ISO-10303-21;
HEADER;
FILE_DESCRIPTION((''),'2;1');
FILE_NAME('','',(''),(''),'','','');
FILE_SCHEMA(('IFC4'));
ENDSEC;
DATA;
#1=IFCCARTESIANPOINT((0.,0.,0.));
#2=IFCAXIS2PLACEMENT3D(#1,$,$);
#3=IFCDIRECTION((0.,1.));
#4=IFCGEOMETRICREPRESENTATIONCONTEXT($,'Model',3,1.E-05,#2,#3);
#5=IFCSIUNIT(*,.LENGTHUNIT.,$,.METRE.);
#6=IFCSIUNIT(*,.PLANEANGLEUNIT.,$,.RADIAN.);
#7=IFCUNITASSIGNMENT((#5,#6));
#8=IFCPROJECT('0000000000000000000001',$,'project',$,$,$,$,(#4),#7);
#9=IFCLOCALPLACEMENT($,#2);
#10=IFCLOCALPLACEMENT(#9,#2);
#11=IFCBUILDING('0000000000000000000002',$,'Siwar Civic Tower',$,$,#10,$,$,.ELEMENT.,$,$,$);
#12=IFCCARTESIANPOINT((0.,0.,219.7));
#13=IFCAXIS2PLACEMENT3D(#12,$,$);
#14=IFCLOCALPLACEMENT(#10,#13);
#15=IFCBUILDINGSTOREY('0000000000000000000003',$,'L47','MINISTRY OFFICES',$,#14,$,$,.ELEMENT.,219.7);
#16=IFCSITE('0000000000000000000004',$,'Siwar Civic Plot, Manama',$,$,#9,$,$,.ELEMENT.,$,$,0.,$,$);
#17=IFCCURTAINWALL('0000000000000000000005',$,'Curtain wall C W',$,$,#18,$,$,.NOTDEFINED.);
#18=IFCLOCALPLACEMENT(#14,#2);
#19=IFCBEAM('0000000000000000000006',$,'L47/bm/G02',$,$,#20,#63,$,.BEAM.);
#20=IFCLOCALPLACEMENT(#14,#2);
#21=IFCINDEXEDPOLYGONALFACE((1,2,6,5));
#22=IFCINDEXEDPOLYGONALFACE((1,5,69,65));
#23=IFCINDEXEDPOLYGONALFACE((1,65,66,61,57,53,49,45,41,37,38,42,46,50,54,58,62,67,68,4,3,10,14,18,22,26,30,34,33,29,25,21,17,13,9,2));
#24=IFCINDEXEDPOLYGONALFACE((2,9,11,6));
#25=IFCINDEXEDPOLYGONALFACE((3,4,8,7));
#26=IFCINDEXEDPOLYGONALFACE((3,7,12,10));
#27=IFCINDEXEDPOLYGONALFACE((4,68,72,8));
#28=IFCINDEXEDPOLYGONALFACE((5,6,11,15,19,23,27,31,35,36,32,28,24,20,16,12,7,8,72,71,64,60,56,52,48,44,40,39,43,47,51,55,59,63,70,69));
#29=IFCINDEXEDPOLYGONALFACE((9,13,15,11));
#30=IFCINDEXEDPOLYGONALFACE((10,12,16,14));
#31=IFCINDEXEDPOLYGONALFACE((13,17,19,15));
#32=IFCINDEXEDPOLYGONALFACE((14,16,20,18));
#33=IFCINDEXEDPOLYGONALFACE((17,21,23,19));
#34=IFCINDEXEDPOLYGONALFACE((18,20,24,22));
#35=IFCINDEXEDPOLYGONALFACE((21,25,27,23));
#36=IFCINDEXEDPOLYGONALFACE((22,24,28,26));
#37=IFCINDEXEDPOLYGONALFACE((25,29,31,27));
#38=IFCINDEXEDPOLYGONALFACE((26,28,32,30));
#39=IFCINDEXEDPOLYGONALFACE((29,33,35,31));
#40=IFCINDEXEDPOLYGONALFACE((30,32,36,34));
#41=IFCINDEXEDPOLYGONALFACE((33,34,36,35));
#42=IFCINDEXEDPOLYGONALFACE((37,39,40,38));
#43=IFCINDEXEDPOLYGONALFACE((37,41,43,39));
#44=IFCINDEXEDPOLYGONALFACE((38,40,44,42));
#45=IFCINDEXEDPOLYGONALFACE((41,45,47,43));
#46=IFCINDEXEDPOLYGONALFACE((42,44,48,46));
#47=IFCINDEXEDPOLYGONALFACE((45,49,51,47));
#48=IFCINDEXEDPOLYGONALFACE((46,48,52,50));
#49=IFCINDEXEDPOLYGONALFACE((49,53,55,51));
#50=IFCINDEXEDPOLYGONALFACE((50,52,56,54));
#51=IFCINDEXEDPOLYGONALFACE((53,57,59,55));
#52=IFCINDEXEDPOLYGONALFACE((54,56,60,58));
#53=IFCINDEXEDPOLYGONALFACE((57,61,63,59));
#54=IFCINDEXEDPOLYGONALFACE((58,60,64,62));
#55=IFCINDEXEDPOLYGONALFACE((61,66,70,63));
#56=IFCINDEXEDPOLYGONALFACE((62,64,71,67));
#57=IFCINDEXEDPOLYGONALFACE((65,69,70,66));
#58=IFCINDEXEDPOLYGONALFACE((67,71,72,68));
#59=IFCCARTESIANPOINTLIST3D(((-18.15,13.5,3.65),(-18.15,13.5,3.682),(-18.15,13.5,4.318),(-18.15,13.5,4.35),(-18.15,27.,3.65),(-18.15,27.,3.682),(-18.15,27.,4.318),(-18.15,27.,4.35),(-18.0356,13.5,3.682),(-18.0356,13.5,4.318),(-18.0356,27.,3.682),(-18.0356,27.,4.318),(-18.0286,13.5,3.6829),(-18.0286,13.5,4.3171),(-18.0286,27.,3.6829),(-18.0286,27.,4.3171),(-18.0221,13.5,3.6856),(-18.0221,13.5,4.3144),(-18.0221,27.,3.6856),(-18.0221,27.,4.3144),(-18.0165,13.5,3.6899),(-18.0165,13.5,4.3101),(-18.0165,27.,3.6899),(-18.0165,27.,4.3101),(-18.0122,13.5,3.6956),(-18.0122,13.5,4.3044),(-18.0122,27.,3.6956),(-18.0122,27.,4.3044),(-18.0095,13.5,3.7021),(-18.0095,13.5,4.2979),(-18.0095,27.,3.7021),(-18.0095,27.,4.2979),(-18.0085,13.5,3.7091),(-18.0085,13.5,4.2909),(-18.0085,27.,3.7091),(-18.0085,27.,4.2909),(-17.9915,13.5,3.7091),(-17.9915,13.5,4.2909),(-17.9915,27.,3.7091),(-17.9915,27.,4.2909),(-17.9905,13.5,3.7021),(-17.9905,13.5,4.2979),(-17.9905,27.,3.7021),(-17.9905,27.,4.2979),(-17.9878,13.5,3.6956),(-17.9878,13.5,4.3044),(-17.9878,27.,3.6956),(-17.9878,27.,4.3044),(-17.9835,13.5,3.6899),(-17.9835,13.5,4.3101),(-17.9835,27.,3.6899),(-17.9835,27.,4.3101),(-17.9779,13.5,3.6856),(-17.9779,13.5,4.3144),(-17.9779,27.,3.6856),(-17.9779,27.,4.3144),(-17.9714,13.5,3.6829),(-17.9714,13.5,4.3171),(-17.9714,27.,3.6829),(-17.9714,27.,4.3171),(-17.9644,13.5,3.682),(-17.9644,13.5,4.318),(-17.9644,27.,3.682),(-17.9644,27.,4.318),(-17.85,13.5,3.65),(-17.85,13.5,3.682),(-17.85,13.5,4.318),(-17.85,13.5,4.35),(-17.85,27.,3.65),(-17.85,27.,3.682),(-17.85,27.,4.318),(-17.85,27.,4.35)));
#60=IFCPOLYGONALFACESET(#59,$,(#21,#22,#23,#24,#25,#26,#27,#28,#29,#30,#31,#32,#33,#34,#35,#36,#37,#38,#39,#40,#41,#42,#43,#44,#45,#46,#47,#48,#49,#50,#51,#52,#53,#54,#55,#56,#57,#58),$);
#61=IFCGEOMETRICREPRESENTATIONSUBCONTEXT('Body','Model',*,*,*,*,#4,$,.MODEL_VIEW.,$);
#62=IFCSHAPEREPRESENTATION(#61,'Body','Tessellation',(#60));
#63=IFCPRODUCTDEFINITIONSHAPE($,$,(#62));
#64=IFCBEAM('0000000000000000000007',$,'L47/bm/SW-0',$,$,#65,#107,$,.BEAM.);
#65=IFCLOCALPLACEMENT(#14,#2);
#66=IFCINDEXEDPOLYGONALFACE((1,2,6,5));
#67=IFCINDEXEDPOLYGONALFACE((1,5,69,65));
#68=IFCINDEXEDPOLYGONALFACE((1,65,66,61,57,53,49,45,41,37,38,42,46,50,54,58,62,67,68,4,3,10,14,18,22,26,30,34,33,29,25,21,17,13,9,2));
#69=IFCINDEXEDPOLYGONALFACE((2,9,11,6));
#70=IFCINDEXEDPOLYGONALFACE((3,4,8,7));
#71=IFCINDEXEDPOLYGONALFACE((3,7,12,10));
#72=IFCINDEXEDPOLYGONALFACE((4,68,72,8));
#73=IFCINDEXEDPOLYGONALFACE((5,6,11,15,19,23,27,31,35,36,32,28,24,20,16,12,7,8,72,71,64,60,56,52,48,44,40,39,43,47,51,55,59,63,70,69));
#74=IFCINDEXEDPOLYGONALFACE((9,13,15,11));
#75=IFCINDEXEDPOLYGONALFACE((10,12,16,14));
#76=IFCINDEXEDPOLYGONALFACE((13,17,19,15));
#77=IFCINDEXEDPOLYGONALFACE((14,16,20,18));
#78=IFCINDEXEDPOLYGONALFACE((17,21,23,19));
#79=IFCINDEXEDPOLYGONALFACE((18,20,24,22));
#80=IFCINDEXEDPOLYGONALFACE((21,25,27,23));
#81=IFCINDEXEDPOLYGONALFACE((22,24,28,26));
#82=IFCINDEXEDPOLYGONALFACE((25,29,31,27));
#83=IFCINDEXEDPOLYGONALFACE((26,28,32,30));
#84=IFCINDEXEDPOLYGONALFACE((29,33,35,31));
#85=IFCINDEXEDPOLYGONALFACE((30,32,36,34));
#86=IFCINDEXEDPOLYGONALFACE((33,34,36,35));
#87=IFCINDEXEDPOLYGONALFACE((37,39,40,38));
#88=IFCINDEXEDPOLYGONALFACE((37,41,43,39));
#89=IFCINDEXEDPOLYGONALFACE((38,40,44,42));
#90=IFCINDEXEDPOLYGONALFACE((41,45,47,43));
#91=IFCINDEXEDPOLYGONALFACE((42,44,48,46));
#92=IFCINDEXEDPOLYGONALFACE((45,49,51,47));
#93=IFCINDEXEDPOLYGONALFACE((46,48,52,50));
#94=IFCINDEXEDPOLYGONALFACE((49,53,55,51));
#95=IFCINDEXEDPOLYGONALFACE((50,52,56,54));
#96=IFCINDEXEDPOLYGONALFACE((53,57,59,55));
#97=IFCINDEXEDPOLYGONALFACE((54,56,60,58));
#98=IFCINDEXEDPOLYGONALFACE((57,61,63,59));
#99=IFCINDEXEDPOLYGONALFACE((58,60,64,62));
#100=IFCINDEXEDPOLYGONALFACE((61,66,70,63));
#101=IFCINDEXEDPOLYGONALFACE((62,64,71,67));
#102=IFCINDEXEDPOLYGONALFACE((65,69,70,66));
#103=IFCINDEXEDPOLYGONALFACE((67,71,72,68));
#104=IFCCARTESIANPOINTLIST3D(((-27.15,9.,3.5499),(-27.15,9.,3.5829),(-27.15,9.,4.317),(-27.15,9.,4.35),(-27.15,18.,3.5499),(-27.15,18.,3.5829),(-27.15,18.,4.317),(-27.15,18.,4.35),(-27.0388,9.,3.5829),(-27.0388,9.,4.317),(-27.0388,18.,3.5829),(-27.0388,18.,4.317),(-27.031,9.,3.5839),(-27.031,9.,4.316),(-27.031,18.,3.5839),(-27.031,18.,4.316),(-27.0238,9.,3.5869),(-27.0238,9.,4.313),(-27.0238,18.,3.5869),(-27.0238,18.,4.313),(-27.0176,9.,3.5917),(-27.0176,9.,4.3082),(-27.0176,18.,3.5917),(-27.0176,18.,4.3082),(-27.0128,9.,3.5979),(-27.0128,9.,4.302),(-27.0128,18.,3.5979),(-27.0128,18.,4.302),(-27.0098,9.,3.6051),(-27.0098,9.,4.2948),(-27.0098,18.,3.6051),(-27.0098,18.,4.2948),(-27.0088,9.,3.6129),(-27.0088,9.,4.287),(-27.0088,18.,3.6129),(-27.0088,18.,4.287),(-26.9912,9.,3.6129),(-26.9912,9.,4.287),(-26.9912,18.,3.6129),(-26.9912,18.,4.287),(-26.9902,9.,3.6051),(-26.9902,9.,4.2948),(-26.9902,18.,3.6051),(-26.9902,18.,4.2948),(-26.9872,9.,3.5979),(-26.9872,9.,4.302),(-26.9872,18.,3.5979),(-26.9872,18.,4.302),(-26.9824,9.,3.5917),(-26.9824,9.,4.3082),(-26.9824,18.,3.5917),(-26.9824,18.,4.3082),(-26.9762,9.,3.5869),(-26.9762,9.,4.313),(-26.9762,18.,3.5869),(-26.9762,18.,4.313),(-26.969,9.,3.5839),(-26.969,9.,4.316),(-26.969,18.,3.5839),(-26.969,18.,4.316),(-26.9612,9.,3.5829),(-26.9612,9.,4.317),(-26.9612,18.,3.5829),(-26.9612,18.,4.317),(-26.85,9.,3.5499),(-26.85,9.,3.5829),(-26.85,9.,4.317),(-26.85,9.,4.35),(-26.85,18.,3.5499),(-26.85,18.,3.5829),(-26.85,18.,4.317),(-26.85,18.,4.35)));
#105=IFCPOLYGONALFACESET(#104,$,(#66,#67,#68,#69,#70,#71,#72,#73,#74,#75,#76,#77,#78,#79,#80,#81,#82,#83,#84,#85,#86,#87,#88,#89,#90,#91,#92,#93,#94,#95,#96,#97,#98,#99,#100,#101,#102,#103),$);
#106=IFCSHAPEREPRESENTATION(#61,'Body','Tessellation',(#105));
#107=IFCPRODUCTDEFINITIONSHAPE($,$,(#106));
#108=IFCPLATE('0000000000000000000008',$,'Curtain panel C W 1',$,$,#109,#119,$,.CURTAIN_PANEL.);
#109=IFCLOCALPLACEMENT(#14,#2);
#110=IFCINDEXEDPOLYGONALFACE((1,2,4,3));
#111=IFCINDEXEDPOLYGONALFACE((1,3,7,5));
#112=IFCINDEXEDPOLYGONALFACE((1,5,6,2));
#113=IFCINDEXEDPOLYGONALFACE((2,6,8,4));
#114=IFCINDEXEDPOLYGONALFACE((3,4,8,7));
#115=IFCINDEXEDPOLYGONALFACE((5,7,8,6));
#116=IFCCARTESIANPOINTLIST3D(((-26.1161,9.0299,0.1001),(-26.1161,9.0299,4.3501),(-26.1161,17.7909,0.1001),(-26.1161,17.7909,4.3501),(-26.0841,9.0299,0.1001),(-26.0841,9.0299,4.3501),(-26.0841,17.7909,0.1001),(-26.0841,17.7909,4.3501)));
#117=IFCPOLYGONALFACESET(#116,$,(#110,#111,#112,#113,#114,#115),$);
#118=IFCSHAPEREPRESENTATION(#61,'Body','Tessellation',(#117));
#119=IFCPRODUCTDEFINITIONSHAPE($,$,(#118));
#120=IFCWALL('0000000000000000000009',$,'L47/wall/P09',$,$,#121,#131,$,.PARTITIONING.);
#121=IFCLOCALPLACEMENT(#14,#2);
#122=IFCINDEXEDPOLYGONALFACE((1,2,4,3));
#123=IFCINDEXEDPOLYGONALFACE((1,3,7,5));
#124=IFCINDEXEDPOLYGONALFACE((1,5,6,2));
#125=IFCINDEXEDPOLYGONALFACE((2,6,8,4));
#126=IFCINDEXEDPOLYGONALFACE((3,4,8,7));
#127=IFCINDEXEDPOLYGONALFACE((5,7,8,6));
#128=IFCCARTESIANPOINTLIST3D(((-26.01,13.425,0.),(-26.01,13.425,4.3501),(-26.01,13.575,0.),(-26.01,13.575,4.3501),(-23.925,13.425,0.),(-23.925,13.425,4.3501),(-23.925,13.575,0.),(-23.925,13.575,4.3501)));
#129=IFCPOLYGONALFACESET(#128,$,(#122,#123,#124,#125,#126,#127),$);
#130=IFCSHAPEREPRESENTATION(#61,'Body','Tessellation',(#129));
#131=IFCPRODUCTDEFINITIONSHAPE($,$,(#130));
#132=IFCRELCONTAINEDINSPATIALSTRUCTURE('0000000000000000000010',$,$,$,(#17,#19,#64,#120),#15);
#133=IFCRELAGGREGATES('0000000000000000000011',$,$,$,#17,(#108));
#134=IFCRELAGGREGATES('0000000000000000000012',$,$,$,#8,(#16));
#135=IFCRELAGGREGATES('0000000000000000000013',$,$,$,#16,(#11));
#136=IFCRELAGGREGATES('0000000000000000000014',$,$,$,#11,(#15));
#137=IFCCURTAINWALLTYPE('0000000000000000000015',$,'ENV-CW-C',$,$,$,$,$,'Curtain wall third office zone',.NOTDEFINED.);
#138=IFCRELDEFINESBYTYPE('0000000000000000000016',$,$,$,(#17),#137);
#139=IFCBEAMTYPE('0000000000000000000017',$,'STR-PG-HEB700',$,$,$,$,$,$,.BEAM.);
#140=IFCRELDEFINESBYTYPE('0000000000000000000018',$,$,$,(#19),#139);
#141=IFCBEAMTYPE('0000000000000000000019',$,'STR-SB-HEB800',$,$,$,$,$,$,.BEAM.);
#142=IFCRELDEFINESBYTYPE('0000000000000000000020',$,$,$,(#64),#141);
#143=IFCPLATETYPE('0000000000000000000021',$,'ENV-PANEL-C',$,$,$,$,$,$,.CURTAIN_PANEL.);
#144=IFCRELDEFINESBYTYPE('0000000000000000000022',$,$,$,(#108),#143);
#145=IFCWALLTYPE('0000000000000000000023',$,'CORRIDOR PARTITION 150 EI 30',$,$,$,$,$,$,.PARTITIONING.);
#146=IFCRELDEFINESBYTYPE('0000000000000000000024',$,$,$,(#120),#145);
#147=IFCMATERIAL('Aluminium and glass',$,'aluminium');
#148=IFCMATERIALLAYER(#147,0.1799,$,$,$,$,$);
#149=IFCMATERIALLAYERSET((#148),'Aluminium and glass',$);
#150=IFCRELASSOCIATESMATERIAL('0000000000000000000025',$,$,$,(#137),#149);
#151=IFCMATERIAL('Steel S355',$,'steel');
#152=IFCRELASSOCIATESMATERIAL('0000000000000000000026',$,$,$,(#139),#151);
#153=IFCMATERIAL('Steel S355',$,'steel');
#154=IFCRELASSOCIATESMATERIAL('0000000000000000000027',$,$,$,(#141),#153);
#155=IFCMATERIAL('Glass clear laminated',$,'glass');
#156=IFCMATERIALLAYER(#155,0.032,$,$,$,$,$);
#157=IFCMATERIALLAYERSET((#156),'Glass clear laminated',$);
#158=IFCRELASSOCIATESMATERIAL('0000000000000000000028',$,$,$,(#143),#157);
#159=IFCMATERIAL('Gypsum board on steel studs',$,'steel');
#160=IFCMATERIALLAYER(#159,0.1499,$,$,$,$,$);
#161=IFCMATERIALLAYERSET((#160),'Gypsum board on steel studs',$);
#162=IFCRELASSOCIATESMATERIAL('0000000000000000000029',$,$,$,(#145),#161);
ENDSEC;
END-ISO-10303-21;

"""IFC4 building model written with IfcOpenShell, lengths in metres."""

from ifc_helpers import new_model, si_unit, direction, frame, frame_2d, origin, origin_2d, place, context, subcontext, project, spatial, rectangle, i_section, extrude, material, layer, layer_set, material_profile, profile_set, type_object, element, aggregate, save


model = new_model("IFC4")

# Units and contexts
model_context = context("Model", 3, precision=1e-05, world=origin(), true_north=direction((0.0, 1.0)))
body_context = subcontext(model_context, "Body", "Model", "MODEL_VIEW")
ifc_project = project(units=[si_unit("LENGTHUNIT", "METRE"), si_unit("PLANEANGLEUNIT", "RADIAN")], contexts=[model_context])

# Site, building, storey
site_placement = place(None, origin())
site = spatial("IfcSite", under=ifc_project, at=site_placement, Name="Siwar Civic Plot, Manama", CompositionType="ELEMENT", RefElevation=0.0)
building_placement = place(site_placement, origin())
building = spatial("IfcBuilding", under=site, at=building_placement, Name="Siwar Civic Tower", CompositionType="ELEMENT")
storey_placement = place(building_placement, frame((0.0, 0.0, 219.7)))
storey = spatial("IfcBuildingStorey", under=building, at=storey_placement, Name="L47", Description="MINISTRY OFFICES", CompositionType="ELEMENT", Elevation=219.7)

# Curtain wall
ifc_material_1 = material(Name="Aluminium and glass", Category="aluminium")
ifc_layer_1 = layer(ifc_material_1, 0.1799)
ifc_layer_set_1 = layer_set([ifc_layer_1], Name="Aluminium and glass")
curtain_wall_type = type_object("IfcCurtainWallType", Name="ENV-CW-C", ElementType="Curtain wall third office zone", PredefinedType="NOTDEFINED", material=ifc_layer_set_1)
curtain_wall_placement = place(storey_placement, origin())
curtain_wall = element("IfcCurtainWall", 1, at=curtain_wall_placement, inside=storey, type_object=curtain_wall_type, Name="Curtain wall C W", PredefinedType="NOTDEFINED")

# Beams
ifc_material_2 = material(Name="Steel S355", Category="steel")
ifc_material_profile_1 = material_profile(ifc_material_2, i_section(OverallWidth=0.3, OverallDepth=0.7, WebThickness=0.0171, FlangeThickness=0.032, FilletRadius=0.0271, at=origin_2d()), Name="HEB700")
ifc_profile_set_1 = profile_set([ifc_material_profile_1], Name="Steel S355")
beam_type_1 = type_object("IfcBeamType", Name="STR-PG-HEB700", PredefinedType="BEAM", material=ifc_profile_set_1)
beam_1_placement = place(storey_placement, frame((-18.0, 13.5, 4.0), z_axis=(0.0, 1.0, 0.0), x_axis=(-1.0, 0.0, 0.0)))
element("IfcBeam", 2, at=beam_1_placement, inside=storey, type_object=beam_type_1, Name="L47/bm/G02", PredefinedType="BEAM", context=body_context, shape_type="SweptSolid", body=[
    extrude(i_section(OverallWidth=0.3, OverallDepth=0.7, WebThickness=0.0171, FlangeThickness=0.032, FilletRadius=0.0271, at=origin_2d()), origin(), (0.0, 0.0, 1.0), 13.5),
])
ifc_material_3 = material(Name="Steel S355", Category="steel")
ifc_material_profile_2 = material_profile(ifc_material_3, i_section(OverallWidth=0.3, OverallDepth=0.8, WebThickness=0.0176, FlangeThickness=0.033, FilletRadius=0.03, at=origin_2d()), Name="HEB800")
ifc_profile_set_2 = profile_set([ifc_material_profile_2], Name="Steel S355")
beam_type_2 = type_object("IfcBeamType", Name="STR-SB-HEB800", PredefinedType="BEAM", material=ifc_profile_set_2)
beam_2_placement = place(storey_placement, frame((-27.0, 18.0, 3.95), z_axis=(0.0, -1.0, 0.0), x_axis=(1.0, 0.0, 0.0)))
element("IfcBeam", 3, at=beam_2_placement, inside=storey, type_object=beam_type_2, Name="L47/bm/SW-0", PredefinedType="BEAM", context=body_context, shape_type="SweptSolid", body=[
    extrude(i_section(OverallWidth=0.3, OverallDepth=0.8, WebThickness=0.0176, FlangeThickness=0.033, FilletRadius=0.03, at=origin_2d()), origin(), (0.0, 0.0, 1.0), 9.0),
])

# Plate
ifc_material_4 = material(Name="Glass clear laminated", Category="glass")
ifc_layer_2 = layer(ifc_material_4, 0.032)
ifc_layer_set_2 = layer_set([ifc_layer_2], Name="Glass clear laminated")
plate_type = type_object("IfcPlateType", Name="ENV-PANEL-C", PredefinedType="CURTAIN_PANEL", material=ifc_layer_set_2)
plate_placement = place(storey_placement, frame((-26.1001, 13.4104, 0.1001), z_axis=(0.0, 0.0, 1.0), x_axis=(0.0, -1.0, 0.0)))
plate = element("IfcPlate", 4, at=plate_placement, type_object=plate_type, Name="Curtain panel C W 1", PredefinedType="CURTAIN_PANEL", context=body_context, shape_type="SweptSolid", body=[
    extrude(rectangle(XDim=8.761, YDim=0.032, at=origin_2d()), origin(), (0.0, 0.0, 1.0), 4.25),
])
aggregate(curtain_wall, [plate])

# Wall
ifc_material_5 = material(Name="Gypsum board on steel studs", Category="steel")
ifc_layer_3 = layer(ifc_material_5, 0.1499)
ifc_layer_set_3 = layer_set([ifc_layer_3], Name="Gypsum board on steel studs")
wall_type_1 = type_object("IfcWallType", Name="CORRIDOR PARTITION 150 EI 30", PredefinedType="PARTITIONING", material=ifc_layer_set_3)
wall_1_placement = place(storey_placement, frame((-26.01, 13.5, 0.0), z_axis=(0.0, 0.0, 1.0), x_axis=(1.0, 0.0, 0.0)))
element("IfcWall", 5, at=wall_1_placement, inside=storey, type_object=wall_type_1, Name="L47/wall/P09", PredefinedType="PARTITIONING", context=body_context, shape_type="SweptSolid", body=[
    extrude(rectangle(XDim=2.085, YDim=0.1499, at=frame_2d((1.0425, 0.0))), origin(), (0.0, 0.0, 1.0), 4.3501),
])

save(model, "model.ifc")
